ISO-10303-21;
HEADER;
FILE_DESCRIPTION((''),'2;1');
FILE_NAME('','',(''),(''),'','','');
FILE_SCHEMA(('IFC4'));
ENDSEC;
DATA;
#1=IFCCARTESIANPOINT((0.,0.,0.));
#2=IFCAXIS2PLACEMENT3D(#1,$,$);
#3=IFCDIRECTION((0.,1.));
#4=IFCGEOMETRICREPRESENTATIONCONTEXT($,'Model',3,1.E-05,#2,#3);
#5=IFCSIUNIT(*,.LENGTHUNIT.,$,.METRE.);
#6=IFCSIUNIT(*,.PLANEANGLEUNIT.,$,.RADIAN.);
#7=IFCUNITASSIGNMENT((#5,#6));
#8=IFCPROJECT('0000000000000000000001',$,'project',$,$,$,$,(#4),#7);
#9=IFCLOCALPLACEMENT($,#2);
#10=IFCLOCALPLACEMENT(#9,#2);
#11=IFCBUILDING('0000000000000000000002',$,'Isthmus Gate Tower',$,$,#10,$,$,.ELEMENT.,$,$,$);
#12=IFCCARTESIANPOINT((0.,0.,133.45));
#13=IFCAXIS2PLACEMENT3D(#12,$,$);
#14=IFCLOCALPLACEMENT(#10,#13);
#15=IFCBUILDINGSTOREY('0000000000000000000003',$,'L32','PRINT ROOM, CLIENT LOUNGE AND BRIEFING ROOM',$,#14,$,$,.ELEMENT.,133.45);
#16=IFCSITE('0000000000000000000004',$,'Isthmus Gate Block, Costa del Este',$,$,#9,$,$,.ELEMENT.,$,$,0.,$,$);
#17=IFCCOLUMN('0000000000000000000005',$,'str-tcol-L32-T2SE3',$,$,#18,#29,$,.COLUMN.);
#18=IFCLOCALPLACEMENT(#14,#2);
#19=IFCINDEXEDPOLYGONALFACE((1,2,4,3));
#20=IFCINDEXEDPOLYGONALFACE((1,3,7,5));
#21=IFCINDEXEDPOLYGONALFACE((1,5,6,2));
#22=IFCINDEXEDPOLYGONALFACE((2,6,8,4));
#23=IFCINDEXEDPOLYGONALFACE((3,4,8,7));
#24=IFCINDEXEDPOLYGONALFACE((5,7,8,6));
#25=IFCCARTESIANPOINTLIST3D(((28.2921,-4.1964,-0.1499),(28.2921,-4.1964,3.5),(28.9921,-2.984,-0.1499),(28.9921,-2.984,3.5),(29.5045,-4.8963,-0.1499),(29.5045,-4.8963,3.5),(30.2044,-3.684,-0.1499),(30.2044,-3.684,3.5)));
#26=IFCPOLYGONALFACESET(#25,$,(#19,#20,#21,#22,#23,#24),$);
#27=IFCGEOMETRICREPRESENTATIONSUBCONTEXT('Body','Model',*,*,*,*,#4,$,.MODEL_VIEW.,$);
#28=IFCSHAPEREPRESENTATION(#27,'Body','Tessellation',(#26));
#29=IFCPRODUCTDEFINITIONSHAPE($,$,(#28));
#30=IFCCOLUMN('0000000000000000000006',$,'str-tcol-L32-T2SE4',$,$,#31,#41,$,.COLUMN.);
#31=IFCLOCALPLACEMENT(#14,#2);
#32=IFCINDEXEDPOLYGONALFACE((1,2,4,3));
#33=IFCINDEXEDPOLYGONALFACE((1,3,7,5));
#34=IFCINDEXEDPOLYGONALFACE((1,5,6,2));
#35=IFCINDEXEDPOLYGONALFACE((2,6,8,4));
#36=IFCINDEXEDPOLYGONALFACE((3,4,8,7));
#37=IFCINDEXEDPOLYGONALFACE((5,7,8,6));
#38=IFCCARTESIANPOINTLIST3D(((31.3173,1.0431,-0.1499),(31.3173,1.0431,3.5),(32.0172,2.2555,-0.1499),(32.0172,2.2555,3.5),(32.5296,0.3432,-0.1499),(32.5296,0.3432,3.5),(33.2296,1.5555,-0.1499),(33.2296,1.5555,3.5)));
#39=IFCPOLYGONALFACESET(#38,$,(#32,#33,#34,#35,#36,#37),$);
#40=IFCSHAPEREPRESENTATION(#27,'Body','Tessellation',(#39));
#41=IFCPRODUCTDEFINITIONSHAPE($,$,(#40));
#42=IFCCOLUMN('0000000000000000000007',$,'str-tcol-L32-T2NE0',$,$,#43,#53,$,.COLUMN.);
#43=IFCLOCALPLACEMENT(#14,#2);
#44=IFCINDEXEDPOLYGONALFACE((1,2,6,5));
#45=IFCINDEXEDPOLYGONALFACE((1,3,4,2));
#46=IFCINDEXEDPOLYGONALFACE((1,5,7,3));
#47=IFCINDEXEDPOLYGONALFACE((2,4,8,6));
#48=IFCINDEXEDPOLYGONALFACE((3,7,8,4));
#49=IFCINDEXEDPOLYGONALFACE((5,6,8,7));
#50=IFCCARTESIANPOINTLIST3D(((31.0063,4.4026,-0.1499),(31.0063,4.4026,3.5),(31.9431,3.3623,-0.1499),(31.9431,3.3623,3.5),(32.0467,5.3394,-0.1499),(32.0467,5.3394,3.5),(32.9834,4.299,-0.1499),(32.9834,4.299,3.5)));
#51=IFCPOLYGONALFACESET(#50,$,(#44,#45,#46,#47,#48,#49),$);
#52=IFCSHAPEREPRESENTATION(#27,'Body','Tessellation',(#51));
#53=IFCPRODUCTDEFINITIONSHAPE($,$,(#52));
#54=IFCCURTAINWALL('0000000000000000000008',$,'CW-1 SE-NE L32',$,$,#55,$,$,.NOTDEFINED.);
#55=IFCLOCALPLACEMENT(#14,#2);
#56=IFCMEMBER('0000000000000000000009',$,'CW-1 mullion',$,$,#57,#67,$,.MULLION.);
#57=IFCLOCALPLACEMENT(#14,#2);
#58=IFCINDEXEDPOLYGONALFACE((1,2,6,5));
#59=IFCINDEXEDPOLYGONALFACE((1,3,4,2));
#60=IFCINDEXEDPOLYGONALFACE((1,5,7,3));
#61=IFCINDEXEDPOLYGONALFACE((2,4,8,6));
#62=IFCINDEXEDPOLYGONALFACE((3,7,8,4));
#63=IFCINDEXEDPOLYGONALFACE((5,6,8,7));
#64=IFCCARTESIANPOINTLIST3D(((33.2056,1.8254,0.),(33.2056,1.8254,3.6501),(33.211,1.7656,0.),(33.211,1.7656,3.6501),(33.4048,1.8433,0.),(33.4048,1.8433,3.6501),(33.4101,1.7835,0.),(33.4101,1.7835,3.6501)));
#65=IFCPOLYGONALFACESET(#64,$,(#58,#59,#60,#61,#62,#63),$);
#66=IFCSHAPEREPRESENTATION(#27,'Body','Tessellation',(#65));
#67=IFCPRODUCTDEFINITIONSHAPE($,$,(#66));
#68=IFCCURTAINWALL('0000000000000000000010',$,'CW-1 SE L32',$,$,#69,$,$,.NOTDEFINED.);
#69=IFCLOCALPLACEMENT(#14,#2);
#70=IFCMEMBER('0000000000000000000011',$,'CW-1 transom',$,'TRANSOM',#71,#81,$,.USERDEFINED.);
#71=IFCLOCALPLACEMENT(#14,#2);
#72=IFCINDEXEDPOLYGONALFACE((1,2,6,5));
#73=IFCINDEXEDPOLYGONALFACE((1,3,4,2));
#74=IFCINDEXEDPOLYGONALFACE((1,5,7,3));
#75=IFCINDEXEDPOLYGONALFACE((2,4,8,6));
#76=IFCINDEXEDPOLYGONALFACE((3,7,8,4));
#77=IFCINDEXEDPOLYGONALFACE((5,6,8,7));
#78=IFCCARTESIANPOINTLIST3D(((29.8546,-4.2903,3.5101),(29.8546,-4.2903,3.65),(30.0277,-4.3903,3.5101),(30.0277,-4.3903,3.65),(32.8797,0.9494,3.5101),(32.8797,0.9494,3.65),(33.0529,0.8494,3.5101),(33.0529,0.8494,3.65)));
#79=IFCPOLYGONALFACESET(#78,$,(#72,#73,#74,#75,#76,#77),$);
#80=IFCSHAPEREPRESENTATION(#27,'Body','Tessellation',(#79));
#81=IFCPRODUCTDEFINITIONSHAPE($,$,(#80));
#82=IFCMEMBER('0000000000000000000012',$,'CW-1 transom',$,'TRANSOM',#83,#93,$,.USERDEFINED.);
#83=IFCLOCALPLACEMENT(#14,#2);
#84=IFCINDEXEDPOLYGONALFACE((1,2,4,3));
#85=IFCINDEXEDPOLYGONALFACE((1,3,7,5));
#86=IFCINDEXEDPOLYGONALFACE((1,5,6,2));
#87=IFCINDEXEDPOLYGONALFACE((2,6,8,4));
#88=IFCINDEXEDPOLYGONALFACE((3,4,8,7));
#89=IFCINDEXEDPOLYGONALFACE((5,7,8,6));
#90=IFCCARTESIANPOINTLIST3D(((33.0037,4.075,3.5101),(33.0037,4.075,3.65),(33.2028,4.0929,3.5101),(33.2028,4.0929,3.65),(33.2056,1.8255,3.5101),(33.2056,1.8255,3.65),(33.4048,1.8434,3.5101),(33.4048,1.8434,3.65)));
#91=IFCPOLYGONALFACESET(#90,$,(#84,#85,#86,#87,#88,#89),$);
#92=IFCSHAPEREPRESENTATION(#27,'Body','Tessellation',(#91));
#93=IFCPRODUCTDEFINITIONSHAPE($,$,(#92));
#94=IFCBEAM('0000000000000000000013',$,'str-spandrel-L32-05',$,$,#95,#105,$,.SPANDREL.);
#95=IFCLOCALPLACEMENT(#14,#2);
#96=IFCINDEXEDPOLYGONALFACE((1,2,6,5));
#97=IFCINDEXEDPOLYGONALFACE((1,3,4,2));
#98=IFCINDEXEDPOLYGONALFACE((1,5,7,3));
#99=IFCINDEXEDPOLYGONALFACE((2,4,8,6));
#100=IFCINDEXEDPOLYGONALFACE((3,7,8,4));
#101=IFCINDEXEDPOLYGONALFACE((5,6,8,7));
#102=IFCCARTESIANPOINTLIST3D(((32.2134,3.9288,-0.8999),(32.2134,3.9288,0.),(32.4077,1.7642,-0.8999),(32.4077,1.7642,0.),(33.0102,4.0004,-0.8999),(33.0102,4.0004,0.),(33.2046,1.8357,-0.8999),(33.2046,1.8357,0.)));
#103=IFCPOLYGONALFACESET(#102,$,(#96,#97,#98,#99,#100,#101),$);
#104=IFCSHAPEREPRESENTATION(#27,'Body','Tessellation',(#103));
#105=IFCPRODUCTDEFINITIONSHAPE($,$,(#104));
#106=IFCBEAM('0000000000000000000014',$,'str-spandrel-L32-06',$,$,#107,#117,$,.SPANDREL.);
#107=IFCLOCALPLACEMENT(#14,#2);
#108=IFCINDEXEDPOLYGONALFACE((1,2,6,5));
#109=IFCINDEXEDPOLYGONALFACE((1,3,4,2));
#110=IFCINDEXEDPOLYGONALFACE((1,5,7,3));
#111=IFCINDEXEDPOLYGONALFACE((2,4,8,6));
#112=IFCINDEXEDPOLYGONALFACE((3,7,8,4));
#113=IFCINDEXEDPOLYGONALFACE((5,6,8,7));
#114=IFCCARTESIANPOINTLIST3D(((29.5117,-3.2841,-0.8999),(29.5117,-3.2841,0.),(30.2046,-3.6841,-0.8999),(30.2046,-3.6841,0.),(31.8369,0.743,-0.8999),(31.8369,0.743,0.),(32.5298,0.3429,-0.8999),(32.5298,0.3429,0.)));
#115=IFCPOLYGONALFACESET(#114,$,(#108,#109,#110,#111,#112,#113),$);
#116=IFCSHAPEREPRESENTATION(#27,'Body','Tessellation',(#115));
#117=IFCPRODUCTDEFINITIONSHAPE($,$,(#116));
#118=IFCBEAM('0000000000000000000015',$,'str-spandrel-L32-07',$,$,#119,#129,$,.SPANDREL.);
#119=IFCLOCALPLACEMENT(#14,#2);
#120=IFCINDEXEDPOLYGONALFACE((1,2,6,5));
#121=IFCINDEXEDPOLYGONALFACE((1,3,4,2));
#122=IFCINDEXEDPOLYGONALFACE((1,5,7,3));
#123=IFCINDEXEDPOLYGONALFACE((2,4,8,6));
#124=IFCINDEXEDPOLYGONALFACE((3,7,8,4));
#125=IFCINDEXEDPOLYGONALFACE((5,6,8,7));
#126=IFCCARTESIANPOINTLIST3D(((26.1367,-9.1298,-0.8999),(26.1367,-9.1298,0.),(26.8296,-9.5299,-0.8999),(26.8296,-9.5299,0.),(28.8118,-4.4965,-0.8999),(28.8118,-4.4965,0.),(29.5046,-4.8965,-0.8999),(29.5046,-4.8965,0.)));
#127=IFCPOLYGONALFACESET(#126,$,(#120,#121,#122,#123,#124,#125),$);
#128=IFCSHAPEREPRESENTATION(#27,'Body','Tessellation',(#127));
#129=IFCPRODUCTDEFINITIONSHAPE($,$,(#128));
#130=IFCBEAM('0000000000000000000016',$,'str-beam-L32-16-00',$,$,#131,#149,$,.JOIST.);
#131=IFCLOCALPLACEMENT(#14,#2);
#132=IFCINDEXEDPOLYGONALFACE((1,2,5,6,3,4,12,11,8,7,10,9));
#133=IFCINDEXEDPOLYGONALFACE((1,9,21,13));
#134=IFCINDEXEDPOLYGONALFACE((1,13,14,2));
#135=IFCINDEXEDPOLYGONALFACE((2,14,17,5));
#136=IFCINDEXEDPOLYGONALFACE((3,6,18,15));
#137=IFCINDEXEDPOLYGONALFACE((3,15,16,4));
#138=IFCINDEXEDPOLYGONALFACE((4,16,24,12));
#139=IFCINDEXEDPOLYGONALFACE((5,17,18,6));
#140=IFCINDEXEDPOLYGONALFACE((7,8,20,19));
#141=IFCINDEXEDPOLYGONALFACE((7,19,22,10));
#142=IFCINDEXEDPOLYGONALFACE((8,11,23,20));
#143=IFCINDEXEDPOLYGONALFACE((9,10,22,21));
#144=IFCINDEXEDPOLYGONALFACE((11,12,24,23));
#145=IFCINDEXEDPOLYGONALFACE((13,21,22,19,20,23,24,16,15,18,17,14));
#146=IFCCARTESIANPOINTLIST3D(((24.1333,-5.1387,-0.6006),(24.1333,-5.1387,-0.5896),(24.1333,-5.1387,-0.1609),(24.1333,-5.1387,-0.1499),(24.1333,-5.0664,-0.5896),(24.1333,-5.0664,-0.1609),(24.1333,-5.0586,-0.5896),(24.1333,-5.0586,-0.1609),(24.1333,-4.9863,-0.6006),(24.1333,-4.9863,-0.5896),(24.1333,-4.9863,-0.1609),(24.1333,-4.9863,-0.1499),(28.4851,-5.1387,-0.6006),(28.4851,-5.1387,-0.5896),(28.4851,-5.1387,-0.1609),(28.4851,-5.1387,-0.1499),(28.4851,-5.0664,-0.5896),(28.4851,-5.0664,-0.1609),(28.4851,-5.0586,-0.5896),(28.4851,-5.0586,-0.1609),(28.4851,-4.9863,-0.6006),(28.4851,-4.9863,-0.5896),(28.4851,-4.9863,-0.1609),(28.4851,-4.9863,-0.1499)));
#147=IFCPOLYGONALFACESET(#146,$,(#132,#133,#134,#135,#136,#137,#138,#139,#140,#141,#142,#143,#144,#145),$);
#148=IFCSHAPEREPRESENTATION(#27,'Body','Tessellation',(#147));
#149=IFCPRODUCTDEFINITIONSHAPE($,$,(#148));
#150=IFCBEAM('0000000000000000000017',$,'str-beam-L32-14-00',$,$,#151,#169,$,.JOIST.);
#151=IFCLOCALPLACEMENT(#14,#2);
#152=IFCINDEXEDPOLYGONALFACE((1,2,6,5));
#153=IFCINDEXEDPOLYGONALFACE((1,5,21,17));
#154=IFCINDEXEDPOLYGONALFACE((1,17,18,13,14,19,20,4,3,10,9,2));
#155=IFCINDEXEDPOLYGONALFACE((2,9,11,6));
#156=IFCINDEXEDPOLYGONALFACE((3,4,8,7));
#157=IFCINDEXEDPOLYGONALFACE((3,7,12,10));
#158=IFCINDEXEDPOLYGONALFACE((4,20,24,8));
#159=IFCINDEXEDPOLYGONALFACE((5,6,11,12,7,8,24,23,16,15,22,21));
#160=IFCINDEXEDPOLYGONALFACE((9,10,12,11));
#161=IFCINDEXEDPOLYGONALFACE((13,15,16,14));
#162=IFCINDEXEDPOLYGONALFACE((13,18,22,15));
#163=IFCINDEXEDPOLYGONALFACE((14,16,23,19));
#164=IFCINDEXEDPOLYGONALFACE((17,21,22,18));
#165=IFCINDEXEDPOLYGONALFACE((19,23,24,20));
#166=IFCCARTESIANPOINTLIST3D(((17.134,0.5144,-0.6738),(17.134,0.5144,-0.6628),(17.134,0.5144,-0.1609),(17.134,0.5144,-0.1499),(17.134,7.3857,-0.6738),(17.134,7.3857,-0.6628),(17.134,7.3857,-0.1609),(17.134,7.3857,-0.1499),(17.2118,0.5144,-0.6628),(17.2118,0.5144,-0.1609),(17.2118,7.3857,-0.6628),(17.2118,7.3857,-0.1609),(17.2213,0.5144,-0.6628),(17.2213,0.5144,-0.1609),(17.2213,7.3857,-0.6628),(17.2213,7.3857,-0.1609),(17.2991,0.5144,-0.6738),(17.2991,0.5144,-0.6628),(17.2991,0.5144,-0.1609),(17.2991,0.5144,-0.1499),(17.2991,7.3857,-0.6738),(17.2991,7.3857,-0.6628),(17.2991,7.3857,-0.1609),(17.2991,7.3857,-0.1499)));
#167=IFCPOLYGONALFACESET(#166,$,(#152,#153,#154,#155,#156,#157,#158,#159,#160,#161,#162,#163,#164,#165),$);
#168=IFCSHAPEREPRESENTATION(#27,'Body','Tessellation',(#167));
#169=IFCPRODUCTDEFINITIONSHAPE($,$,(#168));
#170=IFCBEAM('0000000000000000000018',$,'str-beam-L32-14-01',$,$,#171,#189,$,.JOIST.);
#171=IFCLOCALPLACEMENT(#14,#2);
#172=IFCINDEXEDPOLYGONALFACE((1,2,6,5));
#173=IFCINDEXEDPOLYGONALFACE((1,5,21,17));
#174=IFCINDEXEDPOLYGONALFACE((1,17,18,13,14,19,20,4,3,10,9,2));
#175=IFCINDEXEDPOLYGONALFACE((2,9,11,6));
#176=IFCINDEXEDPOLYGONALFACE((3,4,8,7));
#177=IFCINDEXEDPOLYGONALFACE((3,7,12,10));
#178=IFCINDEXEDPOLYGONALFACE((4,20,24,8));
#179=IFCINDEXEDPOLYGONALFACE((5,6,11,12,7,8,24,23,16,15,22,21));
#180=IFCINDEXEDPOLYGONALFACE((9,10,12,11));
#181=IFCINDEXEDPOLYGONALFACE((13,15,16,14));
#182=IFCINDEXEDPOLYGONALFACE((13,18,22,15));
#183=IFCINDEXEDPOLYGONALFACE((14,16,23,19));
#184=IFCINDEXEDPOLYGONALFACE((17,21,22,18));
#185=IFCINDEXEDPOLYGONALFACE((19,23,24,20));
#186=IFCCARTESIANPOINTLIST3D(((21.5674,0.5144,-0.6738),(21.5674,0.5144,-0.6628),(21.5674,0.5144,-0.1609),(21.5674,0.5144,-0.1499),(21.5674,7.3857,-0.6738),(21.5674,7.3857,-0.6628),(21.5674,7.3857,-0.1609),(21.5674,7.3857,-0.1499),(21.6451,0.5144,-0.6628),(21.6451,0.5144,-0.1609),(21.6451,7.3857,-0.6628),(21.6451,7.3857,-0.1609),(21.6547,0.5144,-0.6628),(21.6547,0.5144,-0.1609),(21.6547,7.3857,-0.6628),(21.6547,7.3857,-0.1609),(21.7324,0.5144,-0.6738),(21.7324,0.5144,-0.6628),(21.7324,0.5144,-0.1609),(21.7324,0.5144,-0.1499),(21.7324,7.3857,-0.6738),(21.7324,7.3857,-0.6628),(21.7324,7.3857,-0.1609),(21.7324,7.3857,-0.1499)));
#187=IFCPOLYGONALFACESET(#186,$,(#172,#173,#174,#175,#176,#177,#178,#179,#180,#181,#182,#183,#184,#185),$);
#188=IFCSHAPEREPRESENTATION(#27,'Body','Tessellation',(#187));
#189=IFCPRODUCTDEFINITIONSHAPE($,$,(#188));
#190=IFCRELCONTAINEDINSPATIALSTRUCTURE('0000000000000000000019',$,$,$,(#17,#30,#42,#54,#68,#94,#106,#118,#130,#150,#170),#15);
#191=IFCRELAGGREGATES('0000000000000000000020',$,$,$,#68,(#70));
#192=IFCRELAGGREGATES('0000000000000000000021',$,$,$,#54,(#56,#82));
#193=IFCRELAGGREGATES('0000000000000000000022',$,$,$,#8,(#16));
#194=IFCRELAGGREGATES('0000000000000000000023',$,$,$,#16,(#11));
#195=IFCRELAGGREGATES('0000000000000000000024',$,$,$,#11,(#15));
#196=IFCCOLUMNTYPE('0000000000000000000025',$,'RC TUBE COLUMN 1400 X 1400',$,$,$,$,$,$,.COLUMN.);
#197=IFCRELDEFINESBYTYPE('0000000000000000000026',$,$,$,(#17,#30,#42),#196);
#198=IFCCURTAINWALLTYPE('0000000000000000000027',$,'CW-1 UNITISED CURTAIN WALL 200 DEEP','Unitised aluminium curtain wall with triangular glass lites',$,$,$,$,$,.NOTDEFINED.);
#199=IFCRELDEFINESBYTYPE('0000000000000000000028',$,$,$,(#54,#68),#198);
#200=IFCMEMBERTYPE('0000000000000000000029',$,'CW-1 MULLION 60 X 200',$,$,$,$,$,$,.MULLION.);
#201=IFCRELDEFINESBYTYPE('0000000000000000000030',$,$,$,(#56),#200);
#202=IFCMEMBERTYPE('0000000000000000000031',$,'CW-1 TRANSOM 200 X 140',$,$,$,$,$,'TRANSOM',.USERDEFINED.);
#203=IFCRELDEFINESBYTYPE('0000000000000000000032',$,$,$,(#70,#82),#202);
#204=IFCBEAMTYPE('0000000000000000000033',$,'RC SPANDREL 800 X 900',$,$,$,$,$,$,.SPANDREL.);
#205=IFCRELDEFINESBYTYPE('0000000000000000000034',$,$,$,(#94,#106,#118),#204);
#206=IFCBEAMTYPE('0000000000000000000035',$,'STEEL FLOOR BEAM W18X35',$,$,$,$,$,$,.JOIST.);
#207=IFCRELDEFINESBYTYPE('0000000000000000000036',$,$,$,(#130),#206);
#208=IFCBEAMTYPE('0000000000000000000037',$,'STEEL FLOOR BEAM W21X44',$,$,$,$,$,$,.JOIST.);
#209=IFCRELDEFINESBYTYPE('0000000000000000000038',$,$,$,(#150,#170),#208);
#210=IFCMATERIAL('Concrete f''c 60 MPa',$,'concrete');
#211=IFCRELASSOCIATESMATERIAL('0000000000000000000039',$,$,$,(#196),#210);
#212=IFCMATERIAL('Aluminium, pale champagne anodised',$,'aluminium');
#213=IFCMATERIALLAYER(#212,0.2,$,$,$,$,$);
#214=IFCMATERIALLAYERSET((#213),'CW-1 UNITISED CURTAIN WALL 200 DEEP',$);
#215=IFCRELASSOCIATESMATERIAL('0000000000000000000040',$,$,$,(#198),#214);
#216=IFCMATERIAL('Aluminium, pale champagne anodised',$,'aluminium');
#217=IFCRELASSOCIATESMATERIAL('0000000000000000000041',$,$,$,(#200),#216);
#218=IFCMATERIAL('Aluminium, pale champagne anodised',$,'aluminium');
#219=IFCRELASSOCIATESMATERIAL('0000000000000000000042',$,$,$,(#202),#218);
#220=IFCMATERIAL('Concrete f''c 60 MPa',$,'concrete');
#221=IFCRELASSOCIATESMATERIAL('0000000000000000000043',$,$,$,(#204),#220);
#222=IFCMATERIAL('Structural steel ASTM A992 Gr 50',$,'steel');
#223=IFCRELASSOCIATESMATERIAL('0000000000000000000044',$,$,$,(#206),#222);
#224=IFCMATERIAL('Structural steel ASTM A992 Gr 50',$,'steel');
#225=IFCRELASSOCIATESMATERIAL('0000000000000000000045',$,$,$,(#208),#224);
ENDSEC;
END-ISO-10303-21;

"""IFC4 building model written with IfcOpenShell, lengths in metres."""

from ifc_helpers import new_model, si_unit, direction, frame, origin, origin_2d, place, context, subcontext, project, spatial, rectangle, i_section, extrude, material, layer, layer_set, material_profile, profile_set, type_object, element, aggregate, save


model = new_model("IFC4")

# Units and contexts
model_context = context("Model", 3, precision=1e-05, world=origin(), true_north=direction((0.0, 1.0)))
body_context = subcontext(model_context, "Body", "Model", "MODEL_VIEW")
ifc_project = project(units=[si_unit("LENGTHUNIT", "METRE"), si_unit("PLANEANGLEUNIT", "RADIAN")], contexts=[model_context])

# Site, building, storey
site_placement = place(None, origin())
site = spatial("IfcSite", under=ifc_project, at=site_placement, Name="Isthmus Gate Block, Costa del Este", CompositionType="ELEMENT", RefElevation=0.0)
building_placement = place(site_placement, origin())
building = spatial("IfcBuilding", under=site, at=building_placement, Name="Isthmus Gate Tower", CompositionType="ELEMENT")
storey_placement = place(building_placement, frame((0.0, 0.0, 133.45)))
storey = spatial("IfcBuildingStorey", under=building, at=storey_placement, Name="L32", Description="PRINT ROOM, CLIENT LOUNGE AND BRIEFING ROOM", CompositionType="ELEMENT", Elevation=133.45)

# Columns
ifc_material_1 = material(Name="Concrete f'c 60 MPa", Category="concrete")
ifc_material_profile_1 = material_profile(ifc_material_1, rectangle(XDim=1.3999, YDim=1.3999, at=origin_2d()), Name="RC 1400X1400")
ifc_profile_set_1 = profile_set([ifc_material_profile_1], Name="Concrete f'c 60 MPa")
column_type = type_object("IfcColumnType", Name="RC TUBE COLUMN 1400 X 1400", PredefinedType="COLUMN", material=ifc_profile_set_1)
for number, where, z_axis, x_axis, name in (
    (1, (29.2483, -3.9402, -0.1499), (0.0, 0.0, 1.0), (0.5, 0.866025, 0.0), "str-tcol-L32-T2SE3"),
    (2, (32.2734, 1.2993, -0.1499), (0.0, 0.0, 1.0), (0.5, 0.866025, 0.0), "str-tcol-L32-T2SE4"),
    (3, (31.9949, 4.3508, -0.1499), (0.0, 0.0, 1.0), (-0.669131, 0.743145, 0.0), "str-tcol-L32-T2NE0"),
):
    element("IfcColumn", number, at=place(storey_placement, frame(where, z_axis=z_axis, x_axis=x_axis)), inside=storey, type_object=column_type, Name=name, PredefinedType="COLUMN", context=body_context, shape_type="SweptSolid", body=[
        extrude(rectangle(XDim=1.3999, YDim=1.3999, at=origin_2d()), origin(), (0.0, 0.0, 1.0), 3.6499),
    ])

# Curtain walls, members
ifc_material_2 = material(Name="Aluminium, pale champagne anodised", Category="aluminium")
ifc_layer_1 = layer(ifc_material_2, 0.2)
ifc_layer_set_1 = layer_set([ifc_layer_1], Name="CW-1 UNITISED CURTAIN WALL 200 DEEP")
curtain_wall_type = type_object("IfcCurtainWallType", Name="CW-1 UNITISED CURTAIN WALL 200 DEEP", Description="Unitised aluminium curtain wall with triangular glass lites", PredefinedType="NOTDEFINED", material=ifc_layer_set_1)
curtain_wall_1_placement = place(storey_placement, origin())
curtain_wall_1 = element("IfcCurtainWall", 4, at=curtain_wall_1_placement, inside=storey, type_object=curtain_wall_type, Name="CW-1 SE-NE L32", PredefinedType="NOTDEFINED")
ifc_material_3 = material(Name="Aluminium, pale champagne anodised", Category="aluminium")
ifc_material_profile_2 = material_profile(ifc_material_3, rectangle(XDim=0.0601, YDim=0.2, at=origin_2d()), Name="60x200")
ifc_profile_set_2 = profile_set([ifc_material_profile_2], Name="Aluminium, pale champagne anodised")
member_type_1 = type_object("IfcMemberType", Name="CW-1 MULLION 60 X 200", PredefinedType="MULLION", material=ifc_profile_set_2)
member_1_placement = place(storey_placement, frame((33.3079, 1.8044, 0.0), z_axis=(0.0, 0.0, 1.0), x_axis=(-0.089397, 0.995996, 0.0)))
member_1 = element("IfcMember", 5, at=member_1_placement, type_object=member_type_1, Name="CW-1 mullion", PredefinedType="MULLION", context=body_context, shape_type="SweptSolid", body=[
    extrude(rectangle(XDim=0.0601, YDim=0.2, at=origin_2d()), origin(), (0.0, 0.0, 1.0), 3.6501),
])
curtain_wall_2_placement = place(storey_placement, origin())
curtain_wall_2 = element("IfcCurtainWall", 6, at=curtain_wall_2_placement, inside=storey, type_object=curtain_wall_type, Name="CW-1 SE L32", PredefinedType="NOTDEFINED")
ifc_material_4 = material(Name="Aluminium, pale champagne anodised", Category="aluminium")
ifc_material_profile_3 = material_profile(ifc_material_4, rectangle(XDim=0.2, YDim=0.1399, at=origin_2d()), Name="200x140")
ifc_profile_set_3 = profile_set([ifc_material_profile_3], Name="Aluminium, pale champagne anodised")
member_type_2 = type_object("IfcMemberType", Name="CW-1 TRANSOM 200 X 140", ElementType="TRANSOM", PredefinedType="USERDEFINED", material=ifc_profile_set_3)
member_2_placement = place(storey_placement, frame((29.9412, -4.3403, 3.5801), z_axis=(0.499997, 0.866027, 0.0), x_axis=(-0.866027, 0.499997, 0.0)))
member_2 = element("IfcMember", 7, at=member_2_placement, type_object=member_type_2, Name="CW-1 transom", ObjectType="TRANSOM", PredefinedType="USERDEFINED", context=body_context, shape_type="SweptSolid", body=[
    extrude(rectangle(XDim=0.2, YDim=0.1399, at=origin_2d()), origin(), (0.0, 0.0, 1.0), 6.0503),
])

# Member
member_3_placement = place(storey_placement, frame((33.3052, 1.8345, 3.5801), z_axis=(-0.089395, 0.995996, 0.0), x_axis=(-0.995996, -0.089395, 0.0)))
member_3 = element("IfcMember", 8, at=member_3_placement, type_object=member_type_2, Name="CW-1 transom", ObjectType="TRANSOM", PredefinedType="USERDEFINED", context=body_context, shape_type="SweptSolid", body=[
    extrude(rectangle(XDim=0.2, YDim=0.1399, at=origin_2d()), origin(), (0.0, 0.0, 1.0), 2.2585),
])

# Beams
ifc_material_5 = material(Name="Concrete f'c 60 MPa", Category="concrete")
ifc_material_profile_4 = material_profile(ifc_material_5, rectangle(XDim=0.8, YDim=0.8999, at=origin_2d()), Name="RC 800X900")
ifc_profile_set_4 = profile_set([ifc_material_profile_4], Name="Concrete f'c 60 MPa")
beam_type_1 = type_object("IfcBeamType", Name="RC SPANDREL 800 X 900", PredefinedType="SPANDREL", material=ifc_profile_set_4)
beam_1_placement = place(storey_placement, frame((32.6118, 3.9646, -0.45), z_axis=(0.089422, -0.995994, 0.0), x_axis=(0.995994, 0.089422, 0.0)))
element("IfcBeam", 9, at=beam_1_placement, inside=storey, type_object=beam_type_1, Name="str-spandrel-L32-05", PredefinedType="SPANDREL", context=body_context, shape_type="SweptSolid", body=[
    extrude(rectangle(XDim=0.8, YDim=0.8999, at=origin_2d()), origin(), (0.0, 0.0, 1.0), 2.1733),
])
beam_2_placement = place(storey_placement, frame((32.1833, 0.543, -0.45), z_axis=(-0.500024, -0.866012, 0.0), x_axis=(0.866012, -0.500024, 0.0)))
element("IfcBeam", 10, at=beam_2_placement, inside=storey, type_object=beam_type_1, Name="str-spandrel-L32-06", PredefinedType="SPANDREL", context=body_context, shape_type="SweptSolid", body=[
    extrude(rectangle(XDim=0.8, YDim=0.8999, at=origin_2d()), origin(), (0.0, 0.0, 1.0), 4.6501),
])
beam_3_placement = place(storey_placement, frame((29.1582, -4.6965, -0.45), z_axis=(-0.500002, -0.866024, 0.0), x_axis=(0.866024, -0.500002, 0.0)))
element("IfcBeam", 11, at=beam_3_placement, inside=storey, type_object=beam_type_1, Name="str-spandrel-L32-07", PredefinedType="SPANDREL", context=body_context, shape_type="SweptSolid", body=[
    extrude(rectangle(XDim=0.8, YDim=0.8999, at=origin_2d()), origin(), (0.0, 0.0, 1.0), 5.3501),
])
ifc_material_6 = material(Name="Structural steel ASTM A992 Gr 50", Category="steel")
ifc_material_profile_5 = material_profile(ifc_material_6, i_section(OverallWidth=0.1523, OverallDepth=0.4507, WebThickness=0.0078, FlangeThickness=0.011, at=origin_2d()), Name="W18X35")
ifc_profile_set_5 = profile_set([ifc_material_profile_5], Name="Structural steel ASTM A992 Gr 50")
beam_type_2 = type_object("IfcBeamType", Name="STEEL FLOOR BEAM W18X35", PredefinedType="JOIST", material=ifc_profile_set_5)
beam_4_placement = place(storey_placement, frame((24.1333, -5.0625, -0.3752), z_axis=(1.0, 0.0, 0.0), x_axis=(0.0, 1.0, 0.0)))
element("IfcBeam", 12, at=beam_4_placement, inside=storey, type_object=beam_type_2, Name="str-beam-L32-16-00", PredefinedType="JOIST", context=body_context, shape_type="SweptSolid", body=[
    extrude(i_section(OverallWidth=0.1523, OverallDepth=0.4507, WebThickness=0.0078, FlangeThickness=0.011, at=origin_2d()), origin(), (0.0, 0.0, 1.0), 4.3518),
])
ifc_material_7 = material(Name="Structural steel ASTM A992 Gr 50", Category="steel")
ifc_material_profile_6 = material_profile(ifc_material_7, i_section(OverallWidth=0.165, OverallDepth=0.5239, WebThickness=0.0095, FlangeThickness=0.011, at=origin_2d()), Name="W21X44")
ifc_profile_set_6 = profile_set([ifc_material_profile_6], Name="Structural steel ASTM A992 Gr 50")
beam_type_3 = type_object("IfcBeamType", Name="STEEL FLOOR BEAM W21X44", PredefinedType="JOIST", material=ifc_profile_set_6)
for number, where, z_axis, x_axis, name in (
    (13, (17.2166, 0.5144, -0.4119), (0.0, 1.0, 0.0), (-1.0, 0.0, 0.0), "str-beam-L32-14-00"),
    (14, (21.6499, 0.5144, -0.4119), (0.0, 1.0, 0.0), (-1.0, 0.0, 0.0), "str-beam-L32-14-01"),
):
    element("IfcBeam", number, at=place(storey_placement, frame(where, z_axis=z_axis, x_axis=x_axis)), inside=storey, type_object=beam_type_3, Name=name, PredefinedType="JOIST", context=body_context, shape_type="SweptSolid", body=[
        extrude(i_section(OverallWidth=0.165, OverallDepth=0.5239, WebThickness=0.0095, FlangeThickness=0.011, at=origin_2d()), origin(), (0.0, 0.0, 1.0), 6.8713),
    ])

aggregate(curtain_wall_2, [member_2])
aggregate(curtain_wall_1, [member_1, member_3])

save(model, "model.ifc")
